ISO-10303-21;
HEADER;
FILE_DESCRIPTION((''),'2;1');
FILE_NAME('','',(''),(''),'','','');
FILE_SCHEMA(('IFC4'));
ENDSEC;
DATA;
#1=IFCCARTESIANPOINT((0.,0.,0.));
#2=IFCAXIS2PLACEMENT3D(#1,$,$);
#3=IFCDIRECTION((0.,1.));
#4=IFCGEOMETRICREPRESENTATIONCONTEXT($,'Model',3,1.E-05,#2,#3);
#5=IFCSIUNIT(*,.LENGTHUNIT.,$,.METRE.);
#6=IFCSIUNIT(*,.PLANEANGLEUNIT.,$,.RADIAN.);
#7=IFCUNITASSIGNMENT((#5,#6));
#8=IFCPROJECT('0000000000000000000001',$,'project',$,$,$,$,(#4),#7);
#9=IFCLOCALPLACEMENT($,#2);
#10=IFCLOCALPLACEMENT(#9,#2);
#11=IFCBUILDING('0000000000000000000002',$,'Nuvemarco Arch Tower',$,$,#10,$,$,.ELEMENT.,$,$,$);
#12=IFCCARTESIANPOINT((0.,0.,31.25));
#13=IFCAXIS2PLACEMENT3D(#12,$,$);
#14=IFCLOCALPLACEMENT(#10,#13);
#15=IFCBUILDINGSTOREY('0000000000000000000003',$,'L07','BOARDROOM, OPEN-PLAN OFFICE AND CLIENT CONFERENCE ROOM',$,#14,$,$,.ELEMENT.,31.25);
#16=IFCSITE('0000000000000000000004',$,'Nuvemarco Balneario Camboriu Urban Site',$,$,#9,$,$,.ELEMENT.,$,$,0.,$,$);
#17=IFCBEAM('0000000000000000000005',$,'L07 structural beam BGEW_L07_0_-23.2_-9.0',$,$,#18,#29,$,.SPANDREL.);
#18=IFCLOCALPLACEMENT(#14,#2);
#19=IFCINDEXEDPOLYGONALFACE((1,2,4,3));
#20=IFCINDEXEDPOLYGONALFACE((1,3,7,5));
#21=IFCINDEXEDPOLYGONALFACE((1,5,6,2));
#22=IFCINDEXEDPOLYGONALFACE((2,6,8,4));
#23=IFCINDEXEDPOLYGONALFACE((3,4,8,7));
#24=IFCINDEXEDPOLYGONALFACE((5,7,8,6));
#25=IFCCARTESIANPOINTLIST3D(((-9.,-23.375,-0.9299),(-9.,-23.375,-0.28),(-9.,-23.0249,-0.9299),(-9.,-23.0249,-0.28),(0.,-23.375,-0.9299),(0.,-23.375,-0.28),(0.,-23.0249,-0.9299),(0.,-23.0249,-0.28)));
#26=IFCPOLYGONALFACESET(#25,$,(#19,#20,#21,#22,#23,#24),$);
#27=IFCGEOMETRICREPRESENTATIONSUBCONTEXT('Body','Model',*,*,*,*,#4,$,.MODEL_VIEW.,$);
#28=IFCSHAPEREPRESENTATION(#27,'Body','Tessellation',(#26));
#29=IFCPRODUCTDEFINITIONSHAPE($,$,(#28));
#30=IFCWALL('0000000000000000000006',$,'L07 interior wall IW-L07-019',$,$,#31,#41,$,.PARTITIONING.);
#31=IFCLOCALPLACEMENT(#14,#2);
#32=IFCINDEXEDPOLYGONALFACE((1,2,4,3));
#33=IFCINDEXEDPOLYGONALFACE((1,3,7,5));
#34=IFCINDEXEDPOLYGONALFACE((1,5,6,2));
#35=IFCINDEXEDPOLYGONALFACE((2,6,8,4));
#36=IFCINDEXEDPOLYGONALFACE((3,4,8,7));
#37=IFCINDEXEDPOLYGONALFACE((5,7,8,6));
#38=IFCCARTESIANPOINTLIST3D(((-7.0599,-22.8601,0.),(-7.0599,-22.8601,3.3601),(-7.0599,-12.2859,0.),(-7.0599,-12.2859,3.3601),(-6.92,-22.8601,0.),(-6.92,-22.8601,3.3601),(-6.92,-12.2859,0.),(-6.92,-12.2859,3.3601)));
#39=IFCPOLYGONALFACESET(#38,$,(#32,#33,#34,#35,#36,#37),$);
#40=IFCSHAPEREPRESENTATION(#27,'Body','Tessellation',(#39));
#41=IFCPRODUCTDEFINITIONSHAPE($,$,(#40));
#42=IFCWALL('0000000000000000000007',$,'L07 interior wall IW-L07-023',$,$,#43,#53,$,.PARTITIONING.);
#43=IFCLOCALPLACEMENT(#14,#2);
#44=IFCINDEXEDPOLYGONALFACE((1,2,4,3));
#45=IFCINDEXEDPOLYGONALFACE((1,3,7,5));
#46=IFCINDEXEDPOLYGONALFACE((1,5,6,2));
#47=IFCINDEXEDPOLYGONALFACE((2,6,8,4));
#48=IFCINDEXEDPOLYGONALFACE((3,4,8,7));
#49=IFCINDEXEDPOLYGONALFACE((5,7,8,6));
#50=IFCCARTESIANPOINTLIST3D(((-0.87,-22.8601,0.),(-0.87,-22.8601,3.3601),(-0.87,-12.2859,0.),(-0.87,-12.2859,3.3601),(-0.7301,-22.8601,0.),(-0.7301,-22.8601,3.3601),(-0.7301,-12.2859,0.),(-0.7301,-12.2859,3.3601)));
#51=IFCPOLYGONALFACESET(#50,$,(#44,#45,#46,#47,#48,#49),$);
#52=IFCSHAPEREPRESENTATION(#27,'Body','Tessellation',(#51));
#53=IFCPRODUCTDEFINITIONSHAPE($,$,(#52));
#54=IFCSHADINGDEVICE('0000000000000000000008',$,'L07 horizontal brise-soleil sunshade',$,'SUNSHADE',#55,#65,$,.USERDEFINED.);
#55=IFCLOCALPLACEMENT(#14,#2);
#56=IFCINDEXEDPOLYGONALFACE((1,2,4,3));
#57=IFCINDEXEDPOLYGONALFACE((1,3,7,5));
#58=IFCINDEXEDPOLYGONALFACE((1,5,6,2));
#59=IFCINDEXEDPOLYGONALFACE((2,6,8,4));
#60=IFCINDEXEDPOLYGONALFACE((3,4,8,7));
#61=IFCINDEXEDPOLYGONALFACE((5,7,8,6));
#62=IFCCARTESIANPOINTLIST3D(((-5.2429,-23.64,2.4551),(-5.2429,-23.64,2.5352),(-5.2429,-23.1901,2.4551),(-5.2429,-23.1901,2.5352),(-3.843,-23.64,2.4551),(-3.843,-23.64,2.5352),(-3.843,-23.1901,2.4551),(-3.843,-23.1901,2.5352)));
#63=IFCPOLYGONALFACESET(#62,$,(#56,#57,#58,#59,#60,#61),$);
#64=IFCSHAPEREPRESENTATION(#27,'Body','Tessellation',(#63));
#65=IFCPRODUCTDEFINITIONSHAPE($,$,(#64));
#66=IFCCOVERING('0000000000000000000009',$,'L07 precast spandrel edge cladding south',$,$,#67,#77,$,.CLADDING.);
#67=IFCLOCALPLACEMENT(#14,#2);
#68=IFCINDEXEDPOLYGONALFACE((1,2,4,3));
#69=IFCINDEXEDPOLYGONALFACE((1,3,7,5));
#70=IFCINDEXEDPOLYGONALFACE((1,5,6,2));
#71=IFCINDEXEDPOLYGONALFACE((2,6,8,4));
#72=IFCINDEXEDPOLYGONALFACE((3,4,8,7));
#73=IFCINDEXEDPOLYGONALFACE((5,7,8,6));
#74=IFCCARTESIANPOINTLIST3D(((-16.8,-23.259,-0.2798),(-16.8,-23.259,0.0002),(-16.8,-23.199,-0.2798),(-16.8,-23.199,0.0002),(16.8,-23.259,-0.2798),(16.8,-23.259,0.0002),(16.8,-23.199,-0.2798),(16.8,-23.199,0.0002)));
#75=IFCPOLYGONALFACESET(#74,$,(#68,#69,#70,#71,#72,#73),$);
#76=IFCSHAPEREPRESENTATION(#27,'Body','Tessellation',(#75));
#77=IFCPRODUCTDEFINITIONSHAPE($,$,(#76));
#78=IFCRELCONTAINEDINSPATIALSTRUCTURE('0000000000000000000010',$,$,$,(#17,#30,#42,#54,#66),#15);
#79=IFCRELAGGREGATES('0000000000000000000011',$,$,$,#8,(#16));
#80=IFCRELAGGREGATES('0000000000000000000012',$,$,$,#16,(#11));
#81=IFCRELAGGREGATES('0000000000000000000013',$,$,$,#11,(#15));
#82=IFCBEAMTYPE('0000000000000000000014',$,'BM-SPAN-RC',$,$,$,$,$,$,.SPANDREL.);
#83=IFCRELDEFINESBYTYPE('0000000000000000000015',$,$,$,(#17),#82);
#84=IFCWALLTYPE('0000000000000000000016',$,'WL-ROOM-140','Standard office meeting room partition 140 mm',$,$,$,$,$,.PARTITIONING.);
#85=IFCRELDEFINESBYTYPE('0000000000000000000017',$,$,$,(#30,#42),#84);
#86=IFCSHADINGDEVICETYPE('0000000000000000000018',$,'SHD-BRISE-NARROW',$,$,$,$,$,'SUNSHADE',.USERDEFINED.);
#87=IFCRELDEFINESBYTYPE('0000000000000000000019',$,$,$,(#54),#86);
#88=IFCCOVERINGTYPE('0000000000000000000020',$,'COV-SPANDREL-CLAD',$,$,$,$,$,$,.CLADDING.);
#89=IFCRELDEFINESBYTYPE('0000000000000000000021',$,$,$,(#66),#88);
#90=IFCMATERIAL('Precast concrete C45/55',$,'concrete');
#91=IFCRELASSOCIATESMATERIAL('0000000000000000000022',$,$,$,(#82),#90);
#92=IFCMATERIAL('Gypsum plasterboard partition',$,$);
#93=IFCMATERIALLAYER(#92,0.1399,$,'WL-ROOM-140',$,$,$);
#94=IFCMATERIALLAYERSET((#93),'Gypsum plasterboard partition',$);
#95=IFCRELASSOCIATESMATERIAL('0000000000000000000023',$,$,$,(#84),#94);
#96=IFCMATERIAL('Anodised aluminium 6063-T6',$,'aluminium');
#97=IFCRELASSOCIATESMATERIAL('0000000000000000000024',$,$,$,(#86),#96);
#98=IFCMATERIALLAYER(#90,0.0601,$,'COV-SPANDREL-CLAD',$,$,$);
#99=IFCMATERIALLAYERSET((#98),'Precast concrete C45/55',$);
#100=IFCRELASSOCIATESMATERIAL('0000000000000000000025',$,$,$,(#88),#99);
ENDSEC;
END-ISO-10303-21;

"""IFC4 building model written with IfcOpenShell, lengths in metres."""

from ifc_helpers import new_model, si_unit, direction, frame, frame_2d, origin, origin_2d, place, context, subcontext, project, spatial, rectangle, extrude, source, transform, mapped, material, layer, layer_set, material_profile, profile_set, type_object, type_shapes, element, save


model = new_model("IFC4")

# Units and contexts
model_context = context("Model", 3, precision=1e-05, world=origin(), true_north=direction((0.0, 1.0)))
body_context = subcontext(model_context, "Body", "Model", "MODEL_VIEW")
ifc_project = project(units=[si_unit("LENGTHUNIT", "METRE"), si_unit("PLANEANGLEUNIT", "RADIAN")], contexts=[model_context])

# Site, building, storey
site_placement = place(None, origin())
site = spatial("IfcSite", under=ifc_project, at=site_placement, Name="Nuvemarco Balneario Camboriu Urban Site", CompositionType="ELEMENT", RefElevation=0.0)
building_placement = place(site_placement, origin())
building = spatial("IfcBuilding", under=site, at=building_placement, Name="Nuvemarco Arch Tower", CompositionType="ELEMENT")
storey_placement = place(building_placement, frame((0.0, 0.0, 31.25)))
storey = spatial("IfcBuildingStorey", under=building, at=storey_placement, Name="L07", Description="BOARDROOM, OPEN-PLAN OFFICE AND CLIENT CONFERENCE ROOM", CompositionType="ELEMENT", Elevation=31.25)

# Beam
ifc_material_1 = material(Name="Precast concrete C45/55", Category="concrete")
ifc_material_profile_1 = material_profile(ifc_material_1, rectangle(XDim=0.3501, YDim=0.6499, at=origin_2d()), Name="PC-SP-350x650")
ifc_profile_set_1 = profile_set([ifc_material_profile_1], Name="Precast concrete C45/55")
beam_type_1 = type_object("IfcBeamType", Name="BM-SPAN-RC", PredefinedType="SPANDREL", material=ifc_profile_set_1)
beam_1_placement = place(storey_placement, frame((-9.0, -23.2, -0.605), z_axis=(1.0, 0.0, 0.0), x_axis=(0.0, 1.0, 0.0)))
element("IfcBeam", 1, at=beam_1_placement, inside=storey, type_object=beam_type_1, Name="L07 structural beam BGEW_L07_0_-23.2_-9.0", PredefinedType="SPANDREL", context=body_context, shape_type="SweptSolid", body=[
    extrude(rectangle(XDim=0.3501, YDim=0.6499, at=origin_2d()), origin(), (0.0, 0.0, 1.0), 9.0),
])

# Walls
ifc_material_2 = material(Name="Gypsum plasterboard partition")
ifc_layer_1 = layer(ifc_material_2, 0.1399, Name="WL-ROOM-140")
ifc_layer_set_1 = layer_set([ifc_layer_1], Name="Gypsum plasterboard partition")
wall_type = type_object("IfcWallType", Name="WL-ROOM-140", Description="Standard office meeting room partition 140 mm", PredefinedType="PARTITIONING", material=ifc_layer_set_1)
for number, where, z_axis, x_axis, name in (
    (2, (-6.99, -22.8601, 0.0), (0.0, 0.0, 1.0), (0.0, 1.0, 0.0), "L07 interior wall IW-L07-019"),
    (3, (-0.8, -22.8601, 0.0), (0.0, 0.0, 1.0), (0.0, 1.0, 0.0), "L07 interior wall IW-L07-023"),
):
    element("IfcWall", number, at=place(storey_placement, frame(where, z_axis=z_axis, x_axis=x_axis)), inside=storey, type_object=wall_type, Name=name, PredefinedType="PARTITIONING", context=body_context, shape_type="SweptSolid", body=[
        extrude(rectangle(XDim=10.5742, YDim=0.1399, at=frame_2d((5.2871, 0.0))), origin(), (0.0, 0.0, 1.0), 3.3601),
    ])

# Shading device
ifc_material_3 = material(Name="Anodised aluminium 6063-T6", Category="aluminium")
shading_device_type = type_object("IfcShadingDeviceType", Name="SHD-BRISE-NARROW", ElementType="SUNSHADE", PredefinedType="USERDEFINED", material=ifc_material_3)
shared_shape_1 = source(origin(), body_context, "Body", "SweptSolid", [
    extrude(rectangle(XDim=1.3999, YDim=0.45, at=origin_2d()), origin(), (0.0, 0.0, 1.0), 0.0801),
])
type_shapes(shading_device_type, [shared_shape_1])
shading_device_placement = place(storey_placement, frame((-4.543, -23.415, 2.4551), z_axis=(0.0, 0.0, 1.0), x_axis=(1.0, 0.0, 0.0)))
element("IfcShadingDevice", 4, at=shading_device_placement, inside=storey, type_object=shading_device_type, Name="L07 horizontal brise-soleil sunshade", ObjectType="SUNSHADE", PredefinedType="USERDEFINED", context=body_context, shape_type="MappedRepresentation", body=[
    mapped(shared_shape_1, transform((0.0, 0.0, 0.0), scale=1.0)),
])

# Covering
ifc_layer_2 = layer(ifc_material_1, 0.0601, Name="COV-SPANDREL-CLAD")
ifc_layer_set_2 = layer_set([ifc_layer_2], Name="Precast concrete C45/55")
covering_type = type_object("IfcCoveringType", Name="COV-SPANDREL-CLAD", PredefinedType="CLADDING", material=ifc_layer_set_2)
shared_shape_2 = source(origin(), body_context, "Body", "SweptSolid", [
    extrude(rectangle(XDim=33.6001, YDim=0.0601, at=origin_2d()), origin(), (0.0, 0.0, 1.0), 0.28),
])
type_shapes(covering_type, [shared_shape_2])
covering_placement = place(storey_placement, frame((0.0, -23.229, -0.2798), z_axis=(0.0, 0.0, 1.0), x_axis=(1.0, 0.0, 0.0)))
element("IfcCovering", 5, at=covering_placement, inside=storey, type_object=covering_type, Name="L07 precast spandrel edge cladding south", PredefinedType="CLADDING", context=body_context, shape_type="MappedRepresentation", body=[
    mapped(shared_shape_2, transform((0.0, 0.0, 0.0), scale=1.0)),
])

save(model, "model.ifc")
